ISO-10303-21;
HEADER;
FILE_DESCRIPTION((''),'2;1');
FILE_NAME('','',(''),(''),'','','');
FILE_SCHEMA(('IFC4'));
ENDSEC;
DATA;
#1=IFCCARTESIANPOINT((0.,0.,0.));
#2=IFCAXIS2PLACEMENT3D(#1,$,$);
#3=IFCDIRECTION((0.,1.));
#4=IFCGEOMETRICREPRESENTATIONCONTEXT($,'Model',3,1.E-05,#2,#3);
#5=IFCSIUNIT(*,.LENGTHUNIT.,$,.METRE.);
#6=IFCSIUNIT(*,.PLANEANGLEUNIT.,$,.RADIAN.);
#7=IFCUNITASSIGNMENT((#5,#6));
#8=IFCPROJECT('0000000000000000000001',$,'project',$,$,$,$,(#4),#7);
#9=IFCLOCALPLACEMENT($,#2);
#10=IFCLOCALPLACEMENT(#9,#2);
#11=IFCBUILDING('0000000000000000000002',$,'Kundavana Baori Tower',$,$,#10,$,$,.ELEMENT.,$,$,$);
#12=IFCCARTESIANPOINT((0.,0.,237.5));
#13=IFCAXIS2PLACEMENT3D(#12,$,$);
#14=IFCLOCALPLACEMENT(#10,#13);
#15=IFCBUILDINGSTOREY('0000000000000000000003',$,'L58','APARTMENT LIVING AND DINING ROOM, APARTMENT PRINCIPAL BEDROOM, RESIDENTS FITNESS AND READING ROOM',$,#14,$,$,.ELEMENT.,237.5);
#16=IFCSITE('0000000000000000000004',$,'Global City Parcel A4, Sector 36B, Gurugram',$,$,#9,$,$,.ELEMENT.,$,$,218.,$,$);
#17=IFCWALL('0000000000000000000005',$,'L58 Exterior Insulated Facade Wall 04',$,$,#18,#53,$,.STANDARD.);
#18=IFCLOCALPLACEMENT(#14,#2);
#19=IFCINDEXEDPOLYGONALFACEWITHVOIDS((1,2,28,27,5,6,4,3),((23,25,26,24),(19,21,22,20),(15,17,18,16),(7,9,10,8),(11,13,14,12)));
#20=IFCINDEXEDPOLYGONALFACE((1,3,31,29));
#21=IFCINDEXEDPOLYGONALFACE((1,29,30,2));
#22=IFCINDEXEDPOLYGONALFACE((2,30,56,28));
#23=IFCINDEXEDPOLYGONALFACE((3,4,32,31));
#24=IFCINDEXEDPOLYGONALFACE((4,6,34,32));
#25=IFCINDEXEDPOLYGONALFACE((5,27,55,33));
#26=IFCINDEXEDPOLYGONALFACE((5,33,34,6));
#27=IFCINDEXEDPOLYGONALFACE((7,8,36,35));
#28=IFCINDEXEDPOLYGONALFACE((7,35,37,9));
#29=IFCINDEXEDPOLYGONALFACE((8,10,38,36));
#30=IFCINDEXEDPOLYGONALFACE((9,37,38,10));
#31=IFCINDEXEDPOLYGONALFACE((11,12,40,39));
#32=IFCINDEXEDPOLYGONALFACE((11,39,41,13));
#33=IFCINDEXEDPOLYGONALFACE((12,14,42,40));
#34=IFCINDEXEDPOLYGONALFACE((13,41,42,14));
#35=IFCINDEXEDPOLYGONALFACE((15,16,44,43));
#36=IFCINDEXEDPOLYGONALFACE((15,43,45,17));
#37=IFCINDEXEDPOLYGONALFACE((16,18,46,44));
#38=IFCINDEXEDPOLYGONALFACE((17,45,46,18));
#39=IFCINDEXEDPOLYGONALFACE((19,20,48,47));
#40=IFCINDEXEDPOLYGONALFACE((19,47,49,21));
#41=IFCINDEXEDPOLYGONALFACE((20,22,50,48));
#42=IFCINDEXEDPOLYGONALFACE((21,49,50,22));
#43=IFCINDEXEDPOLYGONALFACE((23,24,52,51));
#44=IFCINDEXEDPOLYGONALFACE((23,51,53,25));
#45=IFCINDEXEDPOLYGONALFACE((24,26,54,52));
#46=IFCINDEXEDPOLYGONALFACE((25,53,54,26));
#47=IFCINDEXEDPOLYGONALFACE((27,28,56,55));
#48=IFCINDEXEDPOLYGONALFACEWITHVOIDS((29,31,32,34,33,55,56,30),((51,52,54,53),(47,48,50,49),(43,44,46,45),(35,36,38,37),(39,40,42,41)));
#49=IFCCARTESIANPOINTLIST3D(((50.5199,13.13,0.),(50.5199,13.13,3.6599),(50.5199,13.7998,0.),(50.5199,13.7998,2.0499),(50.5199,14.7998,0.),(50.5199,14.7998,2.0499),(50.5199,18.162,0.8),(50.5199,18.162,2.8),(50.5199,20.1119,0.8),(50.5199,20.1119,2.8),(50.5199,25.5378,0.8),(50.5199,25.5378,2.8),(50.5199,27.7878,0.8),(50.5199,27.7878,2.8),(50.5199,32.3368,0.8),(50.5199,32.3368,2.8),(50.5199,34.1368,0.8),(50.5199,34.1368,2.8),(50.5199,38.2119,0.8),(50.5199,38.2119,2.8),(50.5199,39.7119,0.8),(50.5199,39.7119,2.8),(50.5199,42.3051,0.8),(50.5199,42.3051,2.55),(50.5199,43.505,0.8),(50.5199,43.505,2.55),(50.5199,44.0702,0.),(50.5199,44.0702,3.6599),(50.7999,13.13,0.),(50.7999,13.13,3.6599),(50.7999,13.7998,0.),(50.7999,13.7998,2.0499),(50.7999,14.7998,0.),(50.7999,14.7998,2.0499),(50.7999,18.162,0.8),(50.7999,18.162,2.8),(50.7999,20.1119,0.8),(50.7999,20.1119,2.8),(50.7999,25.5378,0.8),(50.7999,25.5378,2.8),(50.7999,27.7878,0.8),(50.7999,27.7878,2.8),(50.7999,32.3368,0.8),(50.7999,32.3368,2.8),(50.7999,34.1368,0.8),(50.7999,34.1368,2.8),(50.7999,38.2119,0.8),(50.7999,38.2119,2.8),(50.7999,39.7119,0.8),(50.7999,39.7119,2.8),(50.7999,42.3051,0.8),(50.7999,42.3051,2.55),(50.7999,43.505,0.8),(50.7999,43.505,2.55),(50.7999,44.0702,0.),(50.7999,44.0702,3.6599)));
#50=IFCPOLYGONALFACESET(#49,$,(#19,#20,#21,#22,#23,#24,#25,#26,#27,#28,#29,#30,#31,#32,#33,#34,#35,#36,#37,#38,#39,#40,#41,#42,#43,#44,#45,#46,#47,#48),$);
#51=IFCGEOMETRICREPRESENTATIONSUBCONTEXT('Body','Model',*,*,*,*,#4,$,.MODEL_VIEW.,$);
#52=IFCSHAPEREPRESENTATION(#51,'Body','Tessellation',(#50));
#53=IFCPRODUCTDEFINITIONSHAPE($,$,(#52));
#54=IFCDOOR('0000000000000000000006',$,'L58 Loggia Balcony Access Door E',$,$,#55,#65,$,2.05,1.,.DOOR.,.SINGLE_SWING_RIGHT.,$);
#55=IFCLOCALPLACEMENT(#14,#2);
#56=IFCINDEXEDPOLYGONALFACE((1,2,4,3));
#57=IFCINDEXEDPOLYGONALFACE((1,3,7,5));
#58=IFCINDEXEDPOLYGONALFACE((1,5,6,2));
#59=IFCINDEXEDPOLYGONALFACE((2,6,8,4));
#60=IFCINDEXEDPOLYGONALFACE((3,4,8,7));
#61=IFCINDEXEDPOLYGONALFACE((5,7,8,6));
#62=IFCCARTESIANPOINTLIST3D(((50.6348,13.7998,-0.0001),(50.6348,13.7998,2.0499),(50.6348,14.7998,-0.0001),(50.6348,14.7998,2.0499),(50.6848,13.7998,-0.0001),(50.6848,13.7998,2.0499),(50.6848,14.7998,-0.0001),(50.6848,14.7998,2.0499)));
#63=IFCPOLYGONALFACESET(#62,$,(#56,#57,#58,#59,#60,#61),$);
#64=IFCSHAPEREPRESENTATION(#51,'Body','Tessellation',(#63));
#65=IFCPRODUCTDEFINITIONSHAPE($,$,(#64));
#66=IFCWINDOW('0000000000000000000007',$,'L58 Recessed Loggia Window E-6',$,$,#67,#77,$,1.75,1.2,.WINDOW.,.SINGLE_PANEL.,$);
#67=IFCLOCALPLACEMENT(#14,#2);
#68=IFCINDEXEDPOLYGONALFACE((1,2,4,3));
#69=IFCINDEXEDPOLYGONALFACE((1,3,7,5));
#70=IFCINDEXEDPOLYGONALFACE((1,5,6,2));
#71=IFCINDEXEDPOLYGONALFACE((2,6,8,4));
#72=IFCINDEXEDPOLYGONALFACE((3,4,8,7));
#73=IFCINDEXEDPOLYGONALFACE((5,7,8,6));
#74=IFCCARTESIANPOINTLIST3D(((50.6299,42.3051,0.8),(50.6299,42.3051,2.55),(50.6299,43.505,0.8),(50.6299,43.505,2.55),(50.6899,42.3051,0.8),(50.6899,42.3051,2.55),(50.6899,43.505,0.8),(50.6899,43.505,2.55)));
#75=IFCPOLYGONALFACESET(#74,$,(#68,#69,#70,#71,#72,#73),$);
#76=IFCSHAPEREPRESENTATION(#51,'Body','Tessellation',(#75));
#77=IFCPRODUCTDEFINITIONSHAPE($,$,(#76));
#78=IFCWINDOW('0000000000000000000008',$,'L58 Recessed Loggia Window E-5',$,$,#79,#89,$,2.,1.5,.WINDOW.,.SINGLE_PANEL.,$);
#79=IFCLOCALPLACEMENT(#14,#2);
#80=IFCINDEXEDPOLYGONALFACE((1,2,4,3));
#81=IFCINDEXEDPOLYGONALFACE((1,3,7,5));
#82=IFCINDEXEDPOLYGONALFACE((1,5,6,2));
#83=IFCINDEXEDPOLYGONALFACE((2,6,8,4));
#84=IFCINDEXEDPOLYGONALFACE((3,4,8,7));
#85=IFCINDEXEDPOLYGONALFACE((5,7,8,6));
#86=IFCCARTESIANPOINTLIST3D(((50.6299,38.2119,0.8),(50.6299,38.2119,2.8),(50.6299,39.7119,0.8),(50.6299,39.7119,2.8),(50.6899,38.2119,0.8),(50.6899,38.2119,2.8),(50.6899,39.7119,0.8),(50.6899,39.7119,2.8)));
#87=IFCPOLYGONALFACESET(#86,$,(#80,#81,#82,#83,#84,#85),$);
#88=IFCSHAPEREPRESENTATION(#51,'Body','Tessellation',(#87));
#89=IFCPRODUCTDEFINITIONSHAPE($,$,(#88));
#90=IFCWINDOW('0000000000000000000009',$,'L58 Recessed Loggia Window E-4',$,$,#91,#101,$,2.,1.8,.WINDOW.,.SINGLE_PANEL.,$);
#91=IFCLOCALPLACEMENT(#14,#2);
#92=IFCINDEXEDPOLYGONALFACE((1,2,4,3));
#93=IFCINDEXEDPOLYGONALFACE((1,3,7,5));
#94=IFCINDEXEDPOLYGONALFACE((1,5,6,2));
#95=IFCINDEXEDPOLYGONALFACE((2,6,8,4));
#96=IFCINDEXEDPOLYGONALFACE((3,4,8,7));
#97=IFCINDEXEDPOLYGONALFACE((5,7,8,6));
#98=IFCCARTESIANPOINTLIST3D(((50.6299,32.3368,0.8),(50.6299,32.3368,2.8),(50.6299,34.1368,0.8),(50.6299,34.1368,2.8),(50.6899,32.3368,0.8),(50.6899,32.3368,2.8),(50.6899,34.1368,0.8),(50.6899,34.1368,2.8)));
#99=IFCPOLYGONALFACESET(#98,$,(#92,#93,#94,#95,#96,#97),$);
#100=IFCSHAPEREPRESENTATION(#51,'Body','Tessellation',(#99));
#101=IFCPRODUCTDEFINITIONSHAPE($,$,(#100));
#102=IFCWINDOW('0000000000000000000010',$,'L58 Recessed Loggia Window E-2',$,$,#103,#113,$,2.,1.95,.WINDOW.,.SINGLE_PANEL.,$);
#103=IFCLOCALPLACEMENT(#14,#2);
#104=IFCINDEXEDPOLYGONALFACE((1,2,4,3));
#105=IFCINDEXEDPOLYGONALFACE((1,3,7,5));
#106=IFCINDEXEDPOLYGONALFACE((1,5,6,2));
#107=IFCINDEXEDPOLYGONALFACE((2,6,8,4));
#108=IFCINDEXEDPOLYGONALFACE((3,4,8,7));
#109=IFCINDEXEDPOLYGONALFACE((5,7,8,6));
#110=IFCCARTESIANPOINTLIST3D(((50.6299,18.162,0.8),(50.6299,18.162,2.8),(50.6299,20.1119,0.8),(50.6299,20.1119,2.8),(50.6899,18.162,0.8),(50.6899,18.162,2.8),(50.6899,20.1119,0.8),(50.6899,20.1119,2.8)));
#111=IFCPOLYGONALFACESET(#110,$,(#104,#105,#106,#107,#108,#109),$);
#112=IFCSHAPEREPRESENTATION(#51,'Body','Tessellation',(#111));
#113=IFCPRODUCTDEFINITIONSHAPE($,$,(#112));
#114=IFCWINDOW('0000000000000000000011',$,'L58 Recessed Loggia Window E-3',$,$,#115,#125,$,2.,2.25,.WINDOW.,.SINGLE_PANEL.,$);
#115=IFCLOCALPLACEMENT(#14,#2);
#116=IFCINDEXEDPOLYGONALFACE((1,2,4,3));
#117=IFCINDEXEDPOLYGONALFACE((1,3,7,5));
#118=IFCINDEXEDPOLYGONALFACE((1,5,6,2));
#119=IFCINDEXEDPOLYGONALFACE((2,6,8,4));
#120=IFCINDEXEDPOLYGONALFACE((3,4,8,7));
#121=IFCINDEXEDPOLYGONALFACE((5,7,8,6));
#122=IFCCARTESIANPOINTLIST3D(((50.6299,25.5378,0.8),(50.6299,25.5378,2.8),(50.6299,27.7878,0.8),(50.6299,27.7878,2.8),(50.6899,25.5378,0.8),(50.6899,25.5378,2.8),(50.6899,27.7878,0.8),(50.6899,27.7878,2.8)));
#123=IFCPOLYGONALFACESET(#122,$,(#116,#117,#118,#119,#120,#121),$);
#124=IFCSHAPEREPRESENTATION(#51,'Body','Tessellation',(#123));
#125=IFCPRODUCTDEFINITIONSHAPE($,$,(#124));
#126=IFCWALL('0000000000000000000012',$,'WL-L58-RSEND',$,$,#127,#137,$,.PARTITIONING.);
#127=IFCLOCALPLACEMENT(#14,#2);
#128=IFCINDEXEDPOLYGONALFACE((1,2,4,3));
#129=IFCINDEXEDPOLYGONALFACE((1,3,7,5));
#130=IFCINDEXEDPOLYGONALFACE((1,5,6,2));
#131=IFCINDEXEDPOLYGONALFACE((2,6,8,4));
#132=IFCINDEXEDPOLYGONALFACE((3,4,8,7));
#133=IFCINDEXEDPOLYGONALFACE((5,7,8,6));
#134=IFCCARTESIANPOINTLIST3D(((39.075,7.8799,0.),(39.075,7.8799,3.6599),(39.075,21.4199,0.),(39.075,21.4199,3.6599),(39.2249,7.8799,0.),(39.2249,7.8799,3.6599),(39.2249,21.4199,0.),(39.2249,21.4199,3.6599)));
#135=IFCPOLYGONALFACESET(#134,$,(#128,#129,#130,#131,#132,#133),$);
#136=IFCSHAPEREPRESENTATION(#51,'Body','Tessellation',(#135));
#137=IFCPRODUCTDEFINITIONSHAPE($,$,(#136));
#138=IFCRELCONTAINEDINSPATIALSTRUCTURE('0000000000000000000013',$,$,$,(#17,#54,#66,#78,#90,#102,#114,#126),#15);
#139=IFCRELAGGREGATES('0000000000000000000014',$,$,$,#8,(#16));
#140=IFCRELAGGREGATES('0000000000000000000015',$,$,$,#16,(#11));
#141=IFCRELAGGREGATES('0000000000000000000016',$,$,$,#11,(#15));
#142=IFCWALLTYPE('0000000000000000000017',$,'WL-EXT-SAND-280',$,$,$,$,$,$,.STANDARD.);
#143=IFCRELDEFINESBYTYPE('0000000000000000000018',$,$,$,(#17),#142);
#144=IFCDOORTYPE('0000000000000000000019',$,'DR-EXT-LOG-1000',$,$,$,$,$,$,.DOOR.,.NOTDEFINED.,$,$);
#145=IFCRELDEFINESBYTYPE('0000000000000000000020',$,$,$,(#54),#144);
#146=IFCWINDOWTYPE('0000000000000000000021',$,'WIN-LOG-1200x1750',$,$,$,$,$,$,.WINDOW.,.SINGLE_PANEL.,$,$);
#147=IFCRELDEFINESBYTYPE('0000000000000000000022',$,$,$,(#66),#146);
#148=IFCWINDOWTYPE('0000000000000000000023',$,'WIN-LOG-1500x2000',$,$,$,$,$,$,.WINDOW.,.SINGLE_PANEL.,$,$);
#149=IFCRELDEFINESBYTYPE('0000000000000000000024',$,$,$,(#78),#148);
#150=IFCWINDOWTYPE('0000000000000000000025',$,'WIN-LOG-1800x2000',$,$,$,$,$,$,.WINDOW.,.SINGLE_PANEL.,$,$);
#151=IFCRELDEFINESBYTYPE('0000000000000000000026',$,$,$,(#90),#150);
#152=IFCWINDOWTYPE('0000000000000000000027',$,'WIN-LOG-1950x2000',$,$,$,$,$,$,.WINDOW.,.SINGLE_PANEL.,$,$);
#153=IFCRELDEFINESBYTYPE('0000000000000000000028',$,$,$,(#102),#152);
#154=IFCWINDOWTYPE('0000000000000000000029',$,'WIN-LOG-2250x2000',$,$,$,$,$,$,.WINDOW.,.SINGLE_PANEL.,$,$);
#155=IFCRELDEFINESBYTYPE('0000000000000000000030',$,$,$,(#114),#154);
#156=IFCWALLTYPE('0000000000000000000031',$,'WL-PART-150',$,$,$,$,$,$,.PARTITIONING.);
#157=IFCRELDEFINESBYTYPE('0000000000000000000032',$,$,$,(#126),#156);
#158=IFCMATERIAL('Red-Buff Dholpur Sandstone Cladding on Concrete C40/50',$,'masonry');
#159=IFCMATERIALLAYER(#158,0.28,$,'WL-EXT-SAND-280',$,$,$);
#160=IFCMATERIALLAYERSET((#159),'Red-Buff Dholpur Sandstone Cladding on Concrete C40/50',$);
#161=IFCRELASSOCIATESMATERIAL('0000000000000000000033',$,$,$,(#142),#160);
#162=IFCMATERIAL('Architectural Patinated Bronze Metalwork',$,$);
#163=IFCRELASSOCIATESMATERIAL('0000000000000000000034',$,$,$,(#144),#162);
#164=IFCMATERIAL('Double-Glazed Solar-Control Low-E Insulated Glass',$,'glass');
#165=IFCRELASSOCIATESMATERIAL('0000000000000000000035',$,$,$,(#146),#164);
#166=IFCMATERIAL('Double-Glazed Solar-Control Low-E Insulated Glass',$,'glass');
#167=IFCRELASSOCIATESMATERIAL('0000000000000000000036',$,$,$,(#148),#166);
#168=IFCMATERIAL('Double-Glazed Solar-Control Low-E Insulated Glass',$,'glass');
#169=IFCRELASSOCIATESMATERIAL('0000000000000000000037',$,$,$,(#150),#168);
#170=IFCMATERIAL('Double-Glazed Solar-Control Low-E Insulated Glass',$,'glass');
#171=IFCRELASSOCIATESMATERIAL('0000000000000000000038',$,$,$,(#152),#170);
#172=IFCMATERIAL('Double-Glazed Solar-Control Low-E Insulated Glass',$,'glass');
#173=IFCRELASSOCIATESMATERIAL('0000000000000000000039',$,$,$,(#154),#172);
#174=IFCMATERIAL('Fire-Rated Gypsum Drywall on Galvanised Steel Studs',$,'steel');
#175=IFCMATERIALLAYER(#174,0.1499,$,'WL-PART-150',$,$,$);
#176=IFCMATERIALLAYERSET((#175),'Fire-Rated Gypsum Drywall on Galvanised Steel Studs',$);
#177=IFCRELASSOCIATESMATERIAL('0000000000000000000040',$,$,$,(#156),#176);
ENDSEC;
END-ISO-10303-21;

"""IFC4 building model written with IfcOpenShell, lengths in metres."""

from ifc_helpers import new_model, si_unit, direction, frame, frame_2d, origin, place, context, subcontext, project, spatial, rectangle, extrude, material, layer, layer_set, type_object, element, fill, save


model = new_model("IFC4")

# Units and contexts
model_context = context("Model", 3, precision=1e-05, world=origin(), true_north=direction((0.0, 1.0)))
body_context = subcontext(model_context, "Body", "Model", "MODEL_VIEW")
ifc_project = project(units=[si_unit("LENGTHUNIT", "METRE"), si_unit("PLANEANGLEUNIT", "RADIAN")], contexts=[model_context])

# Site, building, storey
site_placement = place(None, origin())
site = spatial("IfcSite", under=ifc_project, at=site_placement, Name="Global City Parcel A4, Sector 36B, Gurugram", CompositionType="ELEMENT", RefElevation=218.0)
building_placement = place(site_placement, origin())
building = spatial("IfcBuilding", under=site, at=building_placement, Name="Kundavana Baori Tower", CompositionType="ELEMENT")
storey_placement = place(building_placement, frame((0.0, 0.0, 237.5)))
storey = spatial("IfcBuildingStorey", under=building, at=storey_placement, Name="L58", Description="APARTMENT LIVING AND DINING ROOM, APARTMENT PRINCIPAL BEDROOM, RESIDENTS FITNESS AND READING ROOM", CompositionType="ELEMENT", Elevation=237.5)

# Shared definitions
ifc_material_1 = material(Name="Red-Buff Dholpur Sandstone Cladding on Concrete C40/50", Category="masonry")
ifc_layer_1 = layer(ifc_material_1, 0.28, Name="WL-EXT-SAND-280")
ifc_layer_set_1 = layer_set([ifc_layer_1], Name="Red-Buff Dholpur Sandstone Cladding on Concrete C40/50")
wall_type_1 = type_object("IfcWallType", Name="WL-EXT-SAND-280", PredefinedType="STANDARD", material=ifc_layer_set_1)

# Wall, openings, door, windows
wall_1_placement = place(storey_placement, frame((50.6599, 13.1299, 0.0), z_axis=(0.0, 0.0, 1.0), x_axis=(0.0, 1.0, 0.0)))
wall_1 = element("IfcWall", 1, at=wall_1_placement, inside=storey, type_object=wall_type_1, Name="L58 Exterior Insulated Facade Wall 04", PredefinedType="STANDARD", context=body_context, shape_type="SweptSolid", body=[
    extrude(rectangle(XDim=30.9402, YDim=0.28, at=frame_2d((15.4702, 0.0))), origin(), (0.0, 0.0, 1.0), 3.6599),
])
opening_1_placement = place(wall_1_placement, frame((0.6699, 0.0, 0.0)))
opening_1 = element("IfcOpeningElement", 2, at=opening_1_placement, cuts=wall_1, PredefinedType="OPENING", context=body_context, shape_type="SweptSolid", body=[
    extrude(rectangle(XDim=1.0, YDim=2.05, at=frame_2d((0.5, 1.0249))), frame((0.0, 0.1499, 0.0), z_axis=(0.0, -1.0, 0.0), x_axis=(1.0, 0.0, 0.0)), (0.0, 0.0, 1.0), 0.3),
])
opening_2_placement = place(wall_1_placement, frame((5.032, 0.0, 0.8)))
opening_2 = element("IfcOpeningElement", 3, at=opening_2_placement, cuts=wall_1, PredefinedType="OPENING", context=body_context, shape_type="SweptSolid", body=[
    extrude(rectangle(XDim=1.95, YDim=2.0, at=frame_2d((0.9751, 1.0))), frame((0.0, 0.1499, 0.0), z_axis=(0.0, -1.0, 0.0), x_axis=(1.0, 0.0, 0.0)), (0.0, 0.0, 1.0), 0.3),
])
opening_3_placement = place(wall_1_placement, frame((12.408, 0.0, 0.8)))
opening_3 = element("IfcOpeningElement", 4, at=opening_3_placement, cuts=wall_1, PredefinedType="OPENING", context=body_context, shape_type="SweptSolid", body=[
    extrude(rectangle(XDim=2.25, YDim=2.0, at=frame_2d((1.125, 1.0))), frame((0.0, 0.1499, 0.0), z_axis=(0.0, -1.0, 0.0), x_axis=(1.0, 0.0, 0.0)), (0.0, 0.0, 1.0), 0.3),
])
opening_4_placement = place(wall_1_placement, frame((19.207, 0.0, 0.8)))
opening_4 = element("IfcOpeningElement", 5, at=opening_4_placement, cuts=wall_1, PredefinedType="OPENING", context=body_context, shape_type="SweptSolid", body=[
    extrude(rectangle(XDim=1.8, YDim=2.0, at=frame_2d((0.8999, 1.0))), frame((0.0, 0.1499, 0.0), z_axis=(0.0, -1.0, 0.0), x_axis=(1.0, 0.0, 0.0)), (0.0, 0.0, 1.0), 0.3),
])
opening_5_placement = place(wall_1_placement, frame((25.082, 0.0, 0.8)))
opening_5 = element("IfcOpeningElement", 6, at=opening_5_placement, cuts=wall_1, PredefinedType="OPENING", context=body_context, shape_type="SweptSolid", body=[
    extrude(rectangle(XDim=1.5, YDim=2.0, at=frame_2d((0.75, 1.0))), frame((0.0, 0.1499, 0.0), z_axis=(0.0, -1.0, 0.0), x_axis=(1.0, 0.0, 0.0)), (0.0, 0.0, 1.0), 0.3),
])
opening_6_placement = place(wall_1_placement, frame((29.175, 0.0, 0.8)))
opening_6 = element("IfcOpeningElement", 7, at=opening_6_placement, cuts=wall_1, PredefinedType="OPENING", context=body_context, shape_type="SweptSolid", body=[
    extrude(rectangle(XDim=1.2, YDim=1.75, at=frame_2d((0.6001, 0.875))), frame((0.0, 0.1499, 0.0), z_axis=(0.0, -1.0, 0.0), x_axis=(1.0, 0.0, 0.0)), (0.0, 0.0, 1.0), 0.3),
])
ifc_material_2 = material(Name="Architectural Patinated Bronze Metalwork")
door_type_1 = type_object("IfcDoorType", Name="DR-EXT-LOG-1000", OperationType="NOTDEFINED", PredefinedType="DOOR", material=ifc_material_2)
door_1_placement = place(opening_1_placement, frame((1.0, 0.0, 0.0), z_axis=(0.0, 0.0, 1.0), x_axis=(-1.0, 0.0, 0.0)))
door_1 = element("IfcDoor", 8, at=door_1_placement, inside=storey, type_object=door_type_1, Name="L58 Loggia Balcony Access Door E", OperationType="SINGLE_SWING_RIGHT", OverallHeight=2.05, OverallWidth=1.0, PredefinedType="DOOR", context=body_context, shape_type="SweptSolid", body=[
    extrude(rectangle(XDim=1.0, YDim=2.05, at=frame_2d((0.5, 1.0249))), frame((0.0, 0.0249, 0.0), z_axis=(0.0, -1.0, 0.0), x_axis=(1.0, 0.0, 0.0)), (0.0, 0.0, 1.0), 0.05),
])
fill(opening_1, door_1)
ifc_material_3 = material(Name="Double-Glazed Solar-Control Low-E Insulated Glass", Category="glass")
window_type_1 = type_object("IfcWindowType", Name="WIN-LOG-1200x1750", PartitioningType="SINGLE_PANEL", PredefinedType="WINDOW", material=ifc_material_3)
window_1_placement = place(opening_6_placement, origin())
window_1 = element("IfcWindow", 9, at=window_1_placement, inside=storey, type_object=window_type_1, Name="L58 Recessed Loggia Window E-6", OverallHeight=1.75, OverallWidth=1.2, PartitioningType="SINGLE_PANEL", PredefinedType="WINDOW", context=body_context, shape_type="SweptSolid", body=[
    extrude(rectangle(XDim=1.2, YDim=1.75, at=frame_2d((0.6001, 0.875))), frame((0.0, 0.03, 0.0), z_axis=(0.0, -1.0, 0.0), x_axis=(1.0, 0.0, 0.0)), (0.0, 0.0, 1.0), 0.0601),
])
fill(opening_6, window_1)
ifc_material_4 = material(Name="Double-Glazed Solar-Control Low-E Insulated Glass", Category="glass")
window_type_2 = type_object("IfcWindowType", Name="WIN-LOG-1500x2000", PartitioningType="SINGLE_PANEL", PredefinedType="WINDOW", material=ifc_material_4)
window_2_placement = place(opening_5_placement, origin())
window_2 = element("IfcWindow", 10, at=window_2_placement, inside=storey, type_object=window_type_2, Name="L58 Recessed Loggia Window E-5", OverallHeight=2.0, OverallWidth=1.5, PartitioningType="SINGLE_PANEL", PredefinedType="WINDOW", context=body_context, shape_type="SweptSolid", body=[
    extrude(rectangle(XDim=1.5, YDim=2.0, at=frame_2d((0.75, 1.0))), frame((0.0, 0.03, 0.0), z_axis=(0.0, -1.0, 0.0), x_axis=(1.0, 0.0, 0.0)), (0.0, 0.0, 1.0), 0.0601),
])
fill(opening_5, window_2)
ifc_material_5 = material(Name="Double-Glazed Solar-Control Low-E Insulated Glass", Category="glass")
window_type_3 = type_object("IfcWindowType", Name="WIN-LOG-1800x2000", PartitioningType="SINGLE_PANEL", PredefinedType="WINDOW", material=ifc_material_5)
window_3_placement = place(opening_4_placement, origin())
window_3 = element("IfcWindow", 11, at=window_3_placement, inside=storey, type_object=window_type_3, Name="L58 Recessed Loggia Window E-4", OverallHeight=2.0, OverallWidth=1.8, PartitioningType="SINGLE_PANEL", PredefinedType="WINDOW", context=body_context, shape_type="SweptSolid", body=[
    extrude(rectangle(XDim=1.8, YDim=2.0, at=frame_2d((0.8999, 1.0))), frame((0.0, 0.03, 0.0), z_axis=(0.0, -1.0, 0.0), x_axis=(1.0, 0.0, 0.0)), (0.0, 0.0, 1.0), 0.0601),
])
fill(opening_4, window_3)
ifc_material_6 = material(Name="Double-Glazed Solar-Control Low-E Insulated Glass", Category="glass")
window_type_4 = type_object("IfcWindowType", Name="WIN-LOG-1950x2000", PartitioningType="SINGLE_PANEL", PredefinedType="WINDOW", material=ifc_material_6)
window_4_placement = place(opening_2_placement, origin())
window_4 = element("IfcWindow", 12, at=window_4_placement, inside=storey, type_object=window_type_4, Name="L58 Recessed Loggia Window E-2", OverallHeight=2.0, OverallWidth=1.95, PartitioningType="SINGLE_PANEL", PredefinedType="WINDOW", context=body_context, shape_type="SweptSolid", body=[
    extrude(rectangle(XDim=1.95, YDim=2.0, at=frame_2d((0.9751, 1.0))), frame((0.0, 0.03, 0.0), z_axis=(0.0, -1.0, 0.0), x_axis=(1.0, 0.0, 0.0)), (0.0, 0.0, 1.0), 0.0601),
])
fill(opening_2, window_4)
ifc_material_7 = material(Name="Double-Glazed Solar-Control Low-E Insulated Glass", Category="glass")
window_type_5 = type_object("IfcWindowType", Name="WIN-LOG-2250x2000", PartitioningType="SINGLE_PANEL", PredefinedType="WINDOW", material=ifc_material_7)
window_5_placement = place(opening_3_placement, origin())
window_5 = element("IfcWindow", 13, at=window_5_placement, inside=storey, type_object=window_type_5, Name="L58 Recessed Loggia Window E-3", OverallHeight=2.0, OverallWidth=2.25, PartitioningType="SINGLE_PANEL", PredefinedType="WINDOW", context=body_context, shape_type="SweptSolid", body=[
    extrude(rectangle(XDim=2.25, YDim=2.0, at=frame_2d((1.125, 1.0))), frame((0.0, 0.03, 0.0), z_axis=(0.0, -1.0, 0.0), x_axis=(1.0, 0.0, 0.0)), (0.0, 0.0, 1.0), 0.0601),
])
fill(opening_3, window_5)

# Wall
ifc_material_8 = material(Name="Fire-Rated Gypsum Drywall on Galvanised Steel Studs", Category="steel")
ifc_layer_2 = layer(ifc_material_8, 0.1499, Name="WL-PART-150")
ifc_layer_set_2 = layer_set([ifc_layer_2], Name="Fire-Rated Gypsum Drywall on Galvanised Steel Studs")
wall_type_2 = type_object("IfcWallType", Name="WL-PART-150", PredefinedType="PARTITIONING", material=ifc_layer_set_2)
wall_2_placement = place(storey_placement, frame((39.1499, 7.8799, 0.0), z_axis=(0.0, 0.0, 1.0), x_axis=(0.0, 1.0, 0.0)))
element("IfcWall", 14, at=wall_2_placement, inside=storey, type_object=wall_type_2, Name="WL-L58-RSEND", PredefinedType="PARTITIONING", context=body_context, shape_type="SweptSolid", body=[
    extrude(rectangle(XDim=13.54, YDim=0.1499, at=frame_2d((6.77, 0.0))), origin(), (0.0, 0.0, 1.0), 3.6599),
])

save(model, "model.ifc")
